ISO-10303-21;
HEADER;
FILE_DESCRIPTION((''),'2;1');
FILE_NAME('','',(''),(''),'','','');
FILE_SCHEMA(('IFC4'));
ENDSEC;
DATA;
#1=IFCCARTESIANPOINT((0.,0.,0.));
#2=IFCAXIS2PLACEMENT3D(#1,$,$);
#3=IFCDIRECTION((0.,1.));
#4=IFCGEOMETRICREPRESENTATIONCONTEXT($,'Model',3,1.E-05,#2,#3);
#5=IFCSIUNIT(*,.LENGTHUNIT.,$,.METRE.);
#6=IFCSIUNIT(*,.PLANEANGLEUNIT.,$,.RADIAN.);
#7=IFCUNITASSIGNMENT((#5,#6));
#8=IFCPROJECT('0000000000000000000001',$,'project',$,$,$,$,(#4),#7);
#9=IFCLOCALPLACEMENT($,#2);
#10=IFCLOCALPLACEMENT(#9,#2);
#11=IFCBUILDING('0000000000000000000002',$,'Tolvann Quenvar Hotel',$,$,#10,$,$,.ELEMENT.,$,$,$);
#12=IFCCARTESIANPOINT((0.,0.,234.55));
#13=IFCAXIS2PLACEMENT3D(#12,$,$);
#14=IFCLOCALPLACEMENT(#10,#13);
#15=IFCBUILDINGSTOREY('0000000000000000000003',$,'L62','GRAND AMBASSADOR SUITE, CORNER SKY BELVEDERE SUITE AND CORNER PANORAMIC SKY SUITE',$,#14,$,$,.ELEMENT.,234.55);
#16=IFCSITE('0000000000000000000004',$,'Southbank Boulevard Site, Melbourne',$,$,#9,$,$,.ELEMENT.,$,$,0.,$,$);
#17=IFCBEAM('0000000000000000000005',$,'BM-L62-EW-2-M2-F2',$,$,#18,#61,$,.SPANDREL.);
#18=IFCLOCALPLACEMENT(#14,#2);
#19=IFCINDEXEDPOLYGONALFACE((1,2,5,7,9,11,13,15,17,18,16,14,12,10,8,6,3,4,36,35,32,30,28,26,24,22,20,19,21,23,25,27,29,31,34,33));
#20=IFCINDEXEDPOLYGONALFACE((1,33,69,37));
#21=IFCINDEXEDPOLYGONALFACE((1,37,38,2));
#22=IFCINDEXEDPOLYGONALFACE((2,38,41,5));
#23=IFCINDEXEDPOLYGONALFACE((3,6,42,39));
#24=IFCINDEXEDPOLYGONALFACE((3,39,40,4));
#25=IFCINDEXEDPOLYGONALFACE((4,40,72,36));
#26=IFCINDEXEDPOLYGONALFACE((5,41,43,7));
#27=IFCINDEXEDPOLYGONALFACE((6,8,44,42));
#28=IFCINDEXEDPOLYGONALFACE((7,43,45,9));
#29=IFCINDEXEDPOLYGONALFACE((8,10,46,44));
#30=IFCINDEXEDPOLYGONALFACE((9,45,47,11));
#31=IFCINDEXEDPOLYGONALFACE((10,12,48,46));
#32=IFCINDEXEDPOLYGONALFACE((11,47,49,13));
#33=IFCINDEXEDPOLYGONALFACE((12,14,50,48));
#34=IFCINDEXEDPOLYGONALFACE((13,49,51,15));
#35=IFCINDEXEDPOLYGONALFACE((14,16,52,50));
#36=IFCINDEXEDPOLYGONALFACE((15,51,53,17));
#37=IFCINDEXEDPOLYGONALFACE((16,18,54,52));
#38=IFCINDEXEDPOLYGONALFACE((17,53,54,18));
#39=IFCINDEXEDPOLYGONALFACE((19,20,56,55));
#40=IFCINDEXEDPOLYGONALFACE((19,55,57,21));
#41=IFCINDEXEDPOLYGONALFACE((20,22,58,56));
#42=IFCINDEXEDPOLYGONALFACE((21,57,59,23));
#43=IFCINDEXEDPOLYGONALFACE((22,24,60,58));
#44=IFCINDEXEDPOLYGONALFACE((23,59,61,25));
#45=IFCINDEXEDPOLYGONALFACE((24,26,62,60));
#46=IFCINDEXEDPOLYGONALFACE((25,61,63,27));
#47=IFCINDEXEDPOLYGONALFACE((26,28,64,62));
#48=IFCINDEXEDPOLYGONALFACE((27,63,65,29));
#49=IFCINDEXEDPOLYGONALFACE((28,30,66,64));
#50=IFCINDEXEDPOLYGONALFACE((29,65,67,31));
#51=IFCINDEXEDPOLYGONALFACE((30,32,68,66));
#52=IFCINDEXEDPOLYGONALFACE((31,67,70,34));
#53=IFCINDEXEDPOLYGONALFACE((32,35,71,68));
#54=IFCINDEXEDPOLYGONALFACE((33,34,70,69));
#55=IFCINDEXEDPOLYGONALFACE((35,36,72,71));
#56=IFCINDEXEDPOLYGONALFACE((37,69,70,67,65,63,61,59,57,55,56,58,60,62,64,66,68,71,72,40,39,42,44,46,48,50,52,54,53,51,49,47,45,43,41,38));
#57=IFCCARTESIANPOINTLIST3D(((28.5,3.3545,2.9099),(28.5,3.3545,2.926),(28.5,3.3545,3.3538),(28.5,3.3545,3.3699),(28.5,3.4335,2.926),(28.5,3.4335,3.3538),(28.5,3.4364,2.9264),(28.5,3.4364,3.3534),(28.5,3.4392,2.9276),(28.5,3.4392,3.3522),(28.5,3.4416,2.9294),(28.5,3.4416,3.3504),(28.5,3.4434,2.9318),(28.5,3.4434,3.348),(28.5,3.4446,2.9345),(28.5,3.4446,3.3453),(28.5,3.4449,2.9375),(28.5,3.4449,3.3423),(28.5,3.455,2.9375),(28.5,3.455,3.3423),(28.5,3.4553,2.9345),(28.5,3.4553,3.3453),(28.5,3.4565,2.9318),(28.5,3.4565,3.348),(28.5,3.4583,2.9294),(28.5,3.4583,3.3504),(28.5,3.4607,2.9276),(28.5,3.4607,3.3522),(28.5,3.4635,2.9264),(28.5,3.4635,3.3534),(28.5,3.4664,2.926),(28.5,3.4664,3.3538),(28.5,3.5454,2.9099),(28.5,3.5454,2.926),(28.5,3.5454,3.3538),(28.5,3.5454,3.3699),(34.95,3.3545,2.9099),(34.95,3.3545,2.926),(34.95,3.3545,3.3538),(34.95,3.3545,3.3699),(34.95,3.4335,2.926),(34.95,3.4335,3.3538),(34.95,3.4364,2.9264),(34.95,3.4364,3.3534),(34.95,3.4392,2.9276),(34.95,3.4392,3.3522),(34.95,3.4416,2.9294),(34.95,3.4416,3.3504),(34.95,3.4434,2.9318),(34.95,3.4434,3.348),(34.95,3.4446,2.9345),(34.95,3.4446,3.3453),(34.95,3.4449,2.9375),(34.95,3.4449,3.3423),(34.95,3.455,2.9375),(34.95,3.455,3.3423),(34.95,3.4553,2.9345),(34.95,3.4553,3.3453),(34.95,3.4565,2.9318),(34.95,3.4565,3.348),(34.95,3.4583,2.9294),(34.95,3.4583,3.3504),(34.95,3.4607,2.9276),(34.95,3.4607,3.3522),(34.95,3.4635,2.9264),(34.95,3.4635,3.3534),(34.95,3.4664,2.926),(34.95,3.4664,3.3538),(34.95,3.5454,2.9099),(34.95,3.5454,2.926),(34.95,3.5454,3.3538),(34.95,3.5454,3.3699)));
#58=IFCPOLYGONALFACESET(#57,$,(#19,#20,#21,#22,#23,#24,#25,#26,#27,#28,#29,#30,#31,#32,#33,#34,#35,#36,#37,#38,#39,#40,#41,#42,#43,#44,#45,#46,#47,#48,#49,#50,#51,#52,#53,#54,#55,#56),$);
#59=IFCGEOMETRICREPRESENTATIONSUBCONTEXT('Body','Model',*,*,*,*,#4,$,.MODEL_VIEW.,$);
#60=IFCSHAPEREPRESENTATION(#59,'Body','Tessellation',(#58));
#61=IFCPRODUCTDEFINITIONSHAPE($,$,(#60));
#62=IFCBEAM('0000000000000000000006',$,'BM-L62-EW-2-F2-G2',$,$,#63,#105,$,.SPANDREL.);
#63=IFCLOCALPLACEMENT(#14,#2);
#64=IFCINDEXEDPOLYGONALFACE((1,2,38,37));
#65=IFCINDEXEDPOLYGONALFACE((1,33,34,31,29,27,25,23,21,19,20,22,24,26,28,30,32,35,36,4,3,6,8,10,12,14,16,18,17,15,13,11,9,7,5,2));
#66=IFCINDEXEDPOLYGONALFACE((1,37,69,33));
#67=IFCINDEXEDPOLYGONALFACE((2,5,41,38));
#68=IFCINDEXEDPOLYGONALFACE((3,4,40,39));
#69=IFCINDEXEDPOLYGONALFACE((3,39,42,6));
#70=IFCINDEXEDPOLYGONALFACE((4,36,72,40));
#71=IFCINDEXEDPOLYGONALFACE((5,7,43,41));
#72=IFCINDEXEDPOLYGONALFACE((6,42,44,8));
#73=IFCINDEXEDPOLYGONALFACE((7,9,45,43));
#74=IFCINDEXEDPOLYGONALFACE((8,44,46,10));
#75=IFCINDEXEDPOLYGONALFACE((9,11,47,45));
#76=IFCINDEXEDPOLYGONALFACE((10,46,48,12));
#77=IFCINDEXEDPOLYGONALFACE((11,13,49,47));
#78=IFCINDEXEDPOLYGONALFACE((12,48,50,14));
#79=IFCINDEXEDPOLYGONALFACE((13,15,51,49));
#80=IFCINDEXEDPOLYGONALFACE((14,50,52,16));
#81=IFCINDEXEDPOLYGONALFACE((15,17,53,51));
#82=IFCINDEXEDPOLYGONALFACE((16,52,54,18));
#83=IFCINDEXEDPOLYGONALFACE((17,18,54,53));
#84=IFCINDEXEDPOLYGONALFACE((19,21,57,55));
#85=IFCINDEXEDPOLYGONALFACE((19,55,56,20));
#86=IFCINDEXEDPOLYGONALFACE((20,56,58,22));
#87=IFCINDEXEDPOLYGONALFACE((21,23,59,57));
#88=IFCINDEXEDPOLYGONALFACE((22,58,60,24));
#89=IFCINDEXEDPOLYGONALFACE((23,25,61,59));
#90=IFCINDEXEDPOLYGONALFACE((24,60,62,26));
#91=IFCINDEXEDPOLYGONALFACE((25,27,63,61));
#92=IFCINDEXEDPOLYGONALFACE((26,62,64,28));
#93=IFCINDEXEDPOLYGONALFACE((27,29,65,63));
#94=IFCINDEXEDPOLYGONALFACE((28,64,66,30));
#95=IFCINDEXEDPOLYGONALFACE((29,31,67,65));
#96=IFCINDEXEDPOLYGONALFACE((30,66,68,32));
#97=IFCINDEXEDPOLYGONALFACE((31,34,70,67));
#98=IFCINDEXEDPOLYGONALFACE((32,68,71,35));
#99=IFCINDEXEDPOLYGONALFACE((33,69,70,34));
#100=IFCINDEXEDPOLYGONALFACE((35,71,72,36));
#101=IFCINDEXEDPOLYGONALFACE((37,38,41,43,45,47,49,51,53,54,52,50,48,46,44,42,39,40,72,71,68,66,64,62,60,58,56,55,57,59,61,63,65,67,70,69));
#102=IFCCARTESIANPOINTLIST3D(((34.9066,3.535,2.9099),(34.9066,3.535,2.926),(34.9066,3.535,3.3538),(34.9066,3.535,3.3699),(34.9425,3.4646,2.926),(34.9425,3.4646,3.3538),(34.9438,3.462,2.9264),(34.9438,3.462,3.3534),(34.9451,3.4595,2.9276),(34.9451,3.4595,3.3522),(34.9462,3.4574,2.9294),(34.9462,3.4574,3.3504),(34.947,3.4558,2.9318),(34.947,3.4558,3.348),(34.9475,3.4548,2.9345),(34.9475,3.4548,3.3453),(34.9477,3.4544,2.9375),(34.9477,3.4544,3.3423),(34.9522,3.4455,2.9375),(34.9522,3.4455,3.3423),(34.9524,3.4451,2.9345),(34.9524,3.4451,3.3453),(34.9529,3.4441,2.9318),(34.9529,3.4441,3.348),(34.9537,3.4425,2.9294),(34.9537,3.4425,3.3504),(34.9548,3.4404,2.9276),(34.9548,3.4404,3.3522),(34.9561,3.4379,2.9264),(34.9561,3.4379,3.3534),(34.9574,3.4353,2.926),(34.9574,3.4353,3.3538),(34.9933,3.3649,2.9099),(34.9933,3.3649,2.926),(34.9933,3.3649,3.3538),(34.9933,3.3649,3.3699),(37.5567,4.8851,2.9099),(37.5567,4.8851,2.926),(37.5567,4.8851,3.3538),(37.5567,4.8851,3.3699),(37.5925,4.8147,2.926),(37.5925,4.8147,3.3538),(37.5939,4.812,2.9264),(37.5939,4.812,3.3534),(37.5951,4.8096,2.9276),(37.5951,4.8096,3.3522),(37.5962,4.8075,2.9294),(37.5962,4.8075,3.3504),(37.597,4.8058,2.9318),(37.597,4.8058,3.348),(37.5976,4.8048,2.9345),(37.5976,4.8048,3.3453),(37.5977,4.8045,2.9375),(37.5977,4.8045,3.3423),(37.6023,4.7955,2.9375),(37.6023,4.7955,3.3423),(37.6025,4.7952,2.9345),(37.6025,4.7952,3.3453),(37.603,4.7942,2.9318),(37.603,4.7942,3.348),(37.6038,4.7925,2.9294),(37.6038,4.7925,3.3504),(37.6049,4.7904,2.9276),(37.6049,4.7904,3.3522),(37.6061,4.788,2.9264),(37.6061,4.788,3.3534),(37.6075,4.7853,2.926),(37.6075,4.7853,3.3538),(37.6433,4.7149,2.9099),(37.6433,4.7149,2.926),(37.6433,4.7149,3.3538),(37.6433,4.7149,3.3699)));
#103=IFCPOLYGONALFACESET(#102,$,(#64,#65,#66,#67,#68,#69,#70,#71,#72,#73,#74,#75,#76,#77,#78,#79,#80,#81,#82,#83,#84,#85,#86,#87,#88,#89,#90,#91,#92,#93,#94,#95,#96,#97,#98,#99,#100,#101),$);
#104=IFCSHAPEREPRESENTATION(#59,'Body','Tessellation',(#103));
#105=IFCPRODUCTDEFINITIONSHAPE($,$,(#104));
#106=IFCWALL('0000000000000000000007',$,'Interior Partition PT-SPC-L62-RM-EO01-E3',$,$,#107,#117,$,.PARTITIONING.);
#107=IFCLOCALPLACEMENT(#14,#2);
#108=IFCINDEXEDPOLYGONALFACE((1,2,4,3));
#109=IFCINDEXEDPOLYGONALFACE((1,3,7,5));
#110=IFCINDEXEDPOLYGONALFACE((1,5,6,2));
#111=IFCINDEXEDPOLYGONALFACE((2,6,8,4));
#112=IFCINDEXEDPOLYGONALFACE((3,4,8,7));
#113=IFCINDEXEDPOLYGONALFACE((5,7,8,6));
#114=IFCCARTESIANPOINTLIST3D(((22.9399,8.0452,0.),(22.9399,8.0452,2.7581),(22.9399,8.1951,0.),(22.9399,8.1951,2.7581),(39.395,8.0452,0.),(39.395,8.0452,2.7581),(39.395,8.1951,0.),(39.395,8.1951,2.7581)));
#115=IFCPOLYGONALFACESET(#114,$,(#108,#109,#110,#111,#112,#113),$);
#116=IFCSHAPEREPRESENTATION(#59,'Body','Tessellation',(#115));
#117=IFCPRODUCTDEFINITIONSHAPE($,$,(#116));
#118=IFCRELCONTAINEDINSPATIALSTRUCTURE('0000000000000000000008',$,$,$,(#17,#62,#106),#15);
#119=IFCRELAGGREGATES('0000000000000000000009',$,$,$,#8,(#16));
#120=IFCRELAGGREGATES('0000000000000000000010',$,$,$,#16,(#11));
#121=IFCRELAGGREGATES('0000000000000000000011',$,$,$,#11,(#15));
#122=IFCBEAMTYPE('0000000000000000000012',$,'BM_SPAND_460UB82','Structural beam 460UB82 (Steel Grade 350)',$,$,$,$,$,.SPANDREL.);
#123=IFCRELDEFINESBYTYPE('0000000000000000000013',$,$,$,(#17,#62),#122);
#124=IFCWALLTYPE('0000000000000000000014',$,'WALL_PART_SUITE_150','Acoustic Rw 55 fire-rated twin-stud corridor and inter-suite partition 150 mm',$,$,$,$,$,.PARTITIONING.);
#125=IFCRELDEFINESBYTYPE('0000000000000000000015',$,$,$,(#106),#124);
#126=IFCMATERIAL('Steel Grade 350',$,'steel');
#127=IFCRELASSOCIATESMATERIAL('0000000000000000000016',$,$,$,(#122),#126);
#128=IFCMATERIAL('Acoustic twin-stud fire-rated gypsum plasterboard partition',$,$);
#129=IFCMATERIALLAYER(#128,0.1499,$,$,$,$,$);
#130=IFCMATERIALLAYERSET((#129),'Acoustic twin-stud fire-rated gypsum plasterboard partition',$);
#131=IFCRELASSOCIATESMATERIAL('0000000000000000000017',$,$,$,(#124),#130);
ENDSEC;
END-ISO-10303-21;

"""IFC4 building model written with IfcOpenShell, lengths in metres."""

from ifc_helpers import new_model, si_unit, direction, frame, frame_2d, origin, origin_2d, place, context, subcontext, project, spatial, rectangle, i_section, extrude, source, transform, mapped, material, layer, layer_set, material_profile, profile_set, type_object, type_shapes, element, save


model = new_model("IFC4")

# Units and contexts
model_context = context("Model", 3, precision=1e-05, world=origin(), true_north=direction((0.0, 1.0)))
body_context = subcontext(model_context, "Body", "Model", "MODEL_VIEW")
ifc_project = project(units=[si_unit("LENGTHUNIT", "METRE"), si_unit("PLANEANGLEUNIT", "RADIAN")], contexts=[model_context])

# Site, building, storey
site_placement = place(None, origin())
site = spatial("IfcSite", under=ifc_project, at=site_placement, Name="Southbank Boulevard Site, Melbourne", CompositionType="ELEMENT", RefElevation=0.0)
building_placement = place(site_placement, origin())
building = spatial("IfcBuilding", under=site, at=building_placement, Name="Tolvann Quenvar Hotel", CompositionType="ELEMENT")
storey_placement = place(building_placement, frame((0.0, 0.0, 234.55)))
storey = spatial("IfcBuildingStorey", under=building, at=storey_placement, Name="L62", Description="GRAND AMBASSADOR SUITE, CORNER SKY BELVEDERE SUITE AND CORNER PANORAMIC SKY SUITE", CompositionType="ELEMENT", Elevation=234.55)

# Shared definitions
ifc_material_1 = material(Name="Steel Grade 350", Category="steel")

# Beams
ifc_material_profile_1 = material_profile(ifc_material_1, i_section(OverallWidth=0.1909, OverallDepth=0.46, WebThickness=0.01, FlangeThickness=0.0161, FilletRadius=0.0115, at=origin_2d()), Name="460UB82")
ifc_profile_set_1 = profile_set([ifc_material_profile_1], Name="Steel Grade 350")
beam_type_1 = type_object("IfcBeamType", Name="BM_SPAND_460UB82", Description="Structural beam 460UB82 (Steel Grade 350)", PredefinedType="SPANDREL", material=ifc_profile_set_1)
shared_shape_1 = source(origin(), body_context, "Body", "SweptSolid", [
    extrude(i_section(OverallWidth=0.1909, OverallDepth=0.46, WebThickness=0.01, FlangeThickness=0.0161, FilletRadius=0.0115, at=origin_2d()), origin(), (0.0, 0.0, 1.0), 6.45),
])
beam_1_placement = place(storey_placement, frame((28.5, 3.45, 3.1399), z_axis=(1.0, 0.0, 0.0), x_axis=(0.0, 1.0, 0.0)))
element("IfcBeam", 1, at=beam_1_placement, inside=storey, type_object=beam_type_1, Name="BM-L62-EW-2-M2-F2", PredefinedType="SPANDREL", context=body_context, shape_type="MappedRepresentation", body=[
    mapped(shared_shape_1, transform((0.0, 0.0, 0.0), x_axis=(1.0, 0.0, 0.0), y_axis=(0.0, 1.0, 0.0), z_axis=(0.0, 0.0, 1.0), scale=1.0)),
])
shared_shape_2 = source(origin(), body_context, "Body", "SweptSolid", [
    extrude(i_section(OverallWidth=0.1909, OverallDepth=0.46, WebThickness=0.01, FlangeThickness=0.0161, FilletRadius=0.0115, at=origin_2d()), origin(), (0.0, 0.0, 1.0), 2.9741),
])
type_shapes(beam_type_1, [shared_shape_1, shared_shape_2])
beam_2_placement = place(storey_placement, frame((34.95, 3.45, 3.1399), z_axis=(0.891036, 0.453932, 0.0), x_axis=(-0.453932, 0.891036, 0.0)))
element("IfcBeam", 2, at=beam_2_placement, inside=storey, type_object=beam_type_1, Name="BM-L62-EW-2-F2-G2", PredefinedType="SPANDREL", context=body_context, shape_type="MappedRepresentation", body=[
    mapped(shared_shape_2, transform((0.0, 0.0, 0.0), x_axis=(1.0, 0.0, 0.0), y_axis=(0.0, 1.0, 0.0), z_axis=(0.0, 0.0, 1.0), scale=1.0)),
])

# Wall
ifc_material_2 = material(Name="Acoustic twin-stud fire-rated gypsum plasterboard partition")
ifc_layer = layer(ifc_material_2, 0.1499)
ifc_layer_set = layer_set([ifc_layer], Name="Acoustic twin-stud fire-rated gypsum plasterboard partition")
wall_type = type_object("IfcWallType", Name="WALL_PART_SUITE_150", Description="Acoustic Rw 55 fire-rated twin-stud corridor and inter-suite partition 150 mm", PredefinedType="PARTITIONING", material=ifc_layer_set)
wall_placement = place(storey_placement, frame((22.9399, 8.1201, 0.0), z_axis=(0.0, 0.0, 1.0), x_axis=(1.0, 0.0, 0.0)))
element("IfcWall", 3, at=wall_placement, inside=storey, type_object=wall_type, Name="Interior Partition PT-SPC-L62-RM-EO01-E3", PredefinedType="PARTITIONING", context=body_context, shape_type="SweptSolid", body=[
    extrude(rectangle(XDim=16.4551, YDim=0.1499, at=frame_2d((8.2275, 0.0))), origin(), (0.0, 0.0, 1.0), 2.7581),
])

save(model, "model.ifc")
